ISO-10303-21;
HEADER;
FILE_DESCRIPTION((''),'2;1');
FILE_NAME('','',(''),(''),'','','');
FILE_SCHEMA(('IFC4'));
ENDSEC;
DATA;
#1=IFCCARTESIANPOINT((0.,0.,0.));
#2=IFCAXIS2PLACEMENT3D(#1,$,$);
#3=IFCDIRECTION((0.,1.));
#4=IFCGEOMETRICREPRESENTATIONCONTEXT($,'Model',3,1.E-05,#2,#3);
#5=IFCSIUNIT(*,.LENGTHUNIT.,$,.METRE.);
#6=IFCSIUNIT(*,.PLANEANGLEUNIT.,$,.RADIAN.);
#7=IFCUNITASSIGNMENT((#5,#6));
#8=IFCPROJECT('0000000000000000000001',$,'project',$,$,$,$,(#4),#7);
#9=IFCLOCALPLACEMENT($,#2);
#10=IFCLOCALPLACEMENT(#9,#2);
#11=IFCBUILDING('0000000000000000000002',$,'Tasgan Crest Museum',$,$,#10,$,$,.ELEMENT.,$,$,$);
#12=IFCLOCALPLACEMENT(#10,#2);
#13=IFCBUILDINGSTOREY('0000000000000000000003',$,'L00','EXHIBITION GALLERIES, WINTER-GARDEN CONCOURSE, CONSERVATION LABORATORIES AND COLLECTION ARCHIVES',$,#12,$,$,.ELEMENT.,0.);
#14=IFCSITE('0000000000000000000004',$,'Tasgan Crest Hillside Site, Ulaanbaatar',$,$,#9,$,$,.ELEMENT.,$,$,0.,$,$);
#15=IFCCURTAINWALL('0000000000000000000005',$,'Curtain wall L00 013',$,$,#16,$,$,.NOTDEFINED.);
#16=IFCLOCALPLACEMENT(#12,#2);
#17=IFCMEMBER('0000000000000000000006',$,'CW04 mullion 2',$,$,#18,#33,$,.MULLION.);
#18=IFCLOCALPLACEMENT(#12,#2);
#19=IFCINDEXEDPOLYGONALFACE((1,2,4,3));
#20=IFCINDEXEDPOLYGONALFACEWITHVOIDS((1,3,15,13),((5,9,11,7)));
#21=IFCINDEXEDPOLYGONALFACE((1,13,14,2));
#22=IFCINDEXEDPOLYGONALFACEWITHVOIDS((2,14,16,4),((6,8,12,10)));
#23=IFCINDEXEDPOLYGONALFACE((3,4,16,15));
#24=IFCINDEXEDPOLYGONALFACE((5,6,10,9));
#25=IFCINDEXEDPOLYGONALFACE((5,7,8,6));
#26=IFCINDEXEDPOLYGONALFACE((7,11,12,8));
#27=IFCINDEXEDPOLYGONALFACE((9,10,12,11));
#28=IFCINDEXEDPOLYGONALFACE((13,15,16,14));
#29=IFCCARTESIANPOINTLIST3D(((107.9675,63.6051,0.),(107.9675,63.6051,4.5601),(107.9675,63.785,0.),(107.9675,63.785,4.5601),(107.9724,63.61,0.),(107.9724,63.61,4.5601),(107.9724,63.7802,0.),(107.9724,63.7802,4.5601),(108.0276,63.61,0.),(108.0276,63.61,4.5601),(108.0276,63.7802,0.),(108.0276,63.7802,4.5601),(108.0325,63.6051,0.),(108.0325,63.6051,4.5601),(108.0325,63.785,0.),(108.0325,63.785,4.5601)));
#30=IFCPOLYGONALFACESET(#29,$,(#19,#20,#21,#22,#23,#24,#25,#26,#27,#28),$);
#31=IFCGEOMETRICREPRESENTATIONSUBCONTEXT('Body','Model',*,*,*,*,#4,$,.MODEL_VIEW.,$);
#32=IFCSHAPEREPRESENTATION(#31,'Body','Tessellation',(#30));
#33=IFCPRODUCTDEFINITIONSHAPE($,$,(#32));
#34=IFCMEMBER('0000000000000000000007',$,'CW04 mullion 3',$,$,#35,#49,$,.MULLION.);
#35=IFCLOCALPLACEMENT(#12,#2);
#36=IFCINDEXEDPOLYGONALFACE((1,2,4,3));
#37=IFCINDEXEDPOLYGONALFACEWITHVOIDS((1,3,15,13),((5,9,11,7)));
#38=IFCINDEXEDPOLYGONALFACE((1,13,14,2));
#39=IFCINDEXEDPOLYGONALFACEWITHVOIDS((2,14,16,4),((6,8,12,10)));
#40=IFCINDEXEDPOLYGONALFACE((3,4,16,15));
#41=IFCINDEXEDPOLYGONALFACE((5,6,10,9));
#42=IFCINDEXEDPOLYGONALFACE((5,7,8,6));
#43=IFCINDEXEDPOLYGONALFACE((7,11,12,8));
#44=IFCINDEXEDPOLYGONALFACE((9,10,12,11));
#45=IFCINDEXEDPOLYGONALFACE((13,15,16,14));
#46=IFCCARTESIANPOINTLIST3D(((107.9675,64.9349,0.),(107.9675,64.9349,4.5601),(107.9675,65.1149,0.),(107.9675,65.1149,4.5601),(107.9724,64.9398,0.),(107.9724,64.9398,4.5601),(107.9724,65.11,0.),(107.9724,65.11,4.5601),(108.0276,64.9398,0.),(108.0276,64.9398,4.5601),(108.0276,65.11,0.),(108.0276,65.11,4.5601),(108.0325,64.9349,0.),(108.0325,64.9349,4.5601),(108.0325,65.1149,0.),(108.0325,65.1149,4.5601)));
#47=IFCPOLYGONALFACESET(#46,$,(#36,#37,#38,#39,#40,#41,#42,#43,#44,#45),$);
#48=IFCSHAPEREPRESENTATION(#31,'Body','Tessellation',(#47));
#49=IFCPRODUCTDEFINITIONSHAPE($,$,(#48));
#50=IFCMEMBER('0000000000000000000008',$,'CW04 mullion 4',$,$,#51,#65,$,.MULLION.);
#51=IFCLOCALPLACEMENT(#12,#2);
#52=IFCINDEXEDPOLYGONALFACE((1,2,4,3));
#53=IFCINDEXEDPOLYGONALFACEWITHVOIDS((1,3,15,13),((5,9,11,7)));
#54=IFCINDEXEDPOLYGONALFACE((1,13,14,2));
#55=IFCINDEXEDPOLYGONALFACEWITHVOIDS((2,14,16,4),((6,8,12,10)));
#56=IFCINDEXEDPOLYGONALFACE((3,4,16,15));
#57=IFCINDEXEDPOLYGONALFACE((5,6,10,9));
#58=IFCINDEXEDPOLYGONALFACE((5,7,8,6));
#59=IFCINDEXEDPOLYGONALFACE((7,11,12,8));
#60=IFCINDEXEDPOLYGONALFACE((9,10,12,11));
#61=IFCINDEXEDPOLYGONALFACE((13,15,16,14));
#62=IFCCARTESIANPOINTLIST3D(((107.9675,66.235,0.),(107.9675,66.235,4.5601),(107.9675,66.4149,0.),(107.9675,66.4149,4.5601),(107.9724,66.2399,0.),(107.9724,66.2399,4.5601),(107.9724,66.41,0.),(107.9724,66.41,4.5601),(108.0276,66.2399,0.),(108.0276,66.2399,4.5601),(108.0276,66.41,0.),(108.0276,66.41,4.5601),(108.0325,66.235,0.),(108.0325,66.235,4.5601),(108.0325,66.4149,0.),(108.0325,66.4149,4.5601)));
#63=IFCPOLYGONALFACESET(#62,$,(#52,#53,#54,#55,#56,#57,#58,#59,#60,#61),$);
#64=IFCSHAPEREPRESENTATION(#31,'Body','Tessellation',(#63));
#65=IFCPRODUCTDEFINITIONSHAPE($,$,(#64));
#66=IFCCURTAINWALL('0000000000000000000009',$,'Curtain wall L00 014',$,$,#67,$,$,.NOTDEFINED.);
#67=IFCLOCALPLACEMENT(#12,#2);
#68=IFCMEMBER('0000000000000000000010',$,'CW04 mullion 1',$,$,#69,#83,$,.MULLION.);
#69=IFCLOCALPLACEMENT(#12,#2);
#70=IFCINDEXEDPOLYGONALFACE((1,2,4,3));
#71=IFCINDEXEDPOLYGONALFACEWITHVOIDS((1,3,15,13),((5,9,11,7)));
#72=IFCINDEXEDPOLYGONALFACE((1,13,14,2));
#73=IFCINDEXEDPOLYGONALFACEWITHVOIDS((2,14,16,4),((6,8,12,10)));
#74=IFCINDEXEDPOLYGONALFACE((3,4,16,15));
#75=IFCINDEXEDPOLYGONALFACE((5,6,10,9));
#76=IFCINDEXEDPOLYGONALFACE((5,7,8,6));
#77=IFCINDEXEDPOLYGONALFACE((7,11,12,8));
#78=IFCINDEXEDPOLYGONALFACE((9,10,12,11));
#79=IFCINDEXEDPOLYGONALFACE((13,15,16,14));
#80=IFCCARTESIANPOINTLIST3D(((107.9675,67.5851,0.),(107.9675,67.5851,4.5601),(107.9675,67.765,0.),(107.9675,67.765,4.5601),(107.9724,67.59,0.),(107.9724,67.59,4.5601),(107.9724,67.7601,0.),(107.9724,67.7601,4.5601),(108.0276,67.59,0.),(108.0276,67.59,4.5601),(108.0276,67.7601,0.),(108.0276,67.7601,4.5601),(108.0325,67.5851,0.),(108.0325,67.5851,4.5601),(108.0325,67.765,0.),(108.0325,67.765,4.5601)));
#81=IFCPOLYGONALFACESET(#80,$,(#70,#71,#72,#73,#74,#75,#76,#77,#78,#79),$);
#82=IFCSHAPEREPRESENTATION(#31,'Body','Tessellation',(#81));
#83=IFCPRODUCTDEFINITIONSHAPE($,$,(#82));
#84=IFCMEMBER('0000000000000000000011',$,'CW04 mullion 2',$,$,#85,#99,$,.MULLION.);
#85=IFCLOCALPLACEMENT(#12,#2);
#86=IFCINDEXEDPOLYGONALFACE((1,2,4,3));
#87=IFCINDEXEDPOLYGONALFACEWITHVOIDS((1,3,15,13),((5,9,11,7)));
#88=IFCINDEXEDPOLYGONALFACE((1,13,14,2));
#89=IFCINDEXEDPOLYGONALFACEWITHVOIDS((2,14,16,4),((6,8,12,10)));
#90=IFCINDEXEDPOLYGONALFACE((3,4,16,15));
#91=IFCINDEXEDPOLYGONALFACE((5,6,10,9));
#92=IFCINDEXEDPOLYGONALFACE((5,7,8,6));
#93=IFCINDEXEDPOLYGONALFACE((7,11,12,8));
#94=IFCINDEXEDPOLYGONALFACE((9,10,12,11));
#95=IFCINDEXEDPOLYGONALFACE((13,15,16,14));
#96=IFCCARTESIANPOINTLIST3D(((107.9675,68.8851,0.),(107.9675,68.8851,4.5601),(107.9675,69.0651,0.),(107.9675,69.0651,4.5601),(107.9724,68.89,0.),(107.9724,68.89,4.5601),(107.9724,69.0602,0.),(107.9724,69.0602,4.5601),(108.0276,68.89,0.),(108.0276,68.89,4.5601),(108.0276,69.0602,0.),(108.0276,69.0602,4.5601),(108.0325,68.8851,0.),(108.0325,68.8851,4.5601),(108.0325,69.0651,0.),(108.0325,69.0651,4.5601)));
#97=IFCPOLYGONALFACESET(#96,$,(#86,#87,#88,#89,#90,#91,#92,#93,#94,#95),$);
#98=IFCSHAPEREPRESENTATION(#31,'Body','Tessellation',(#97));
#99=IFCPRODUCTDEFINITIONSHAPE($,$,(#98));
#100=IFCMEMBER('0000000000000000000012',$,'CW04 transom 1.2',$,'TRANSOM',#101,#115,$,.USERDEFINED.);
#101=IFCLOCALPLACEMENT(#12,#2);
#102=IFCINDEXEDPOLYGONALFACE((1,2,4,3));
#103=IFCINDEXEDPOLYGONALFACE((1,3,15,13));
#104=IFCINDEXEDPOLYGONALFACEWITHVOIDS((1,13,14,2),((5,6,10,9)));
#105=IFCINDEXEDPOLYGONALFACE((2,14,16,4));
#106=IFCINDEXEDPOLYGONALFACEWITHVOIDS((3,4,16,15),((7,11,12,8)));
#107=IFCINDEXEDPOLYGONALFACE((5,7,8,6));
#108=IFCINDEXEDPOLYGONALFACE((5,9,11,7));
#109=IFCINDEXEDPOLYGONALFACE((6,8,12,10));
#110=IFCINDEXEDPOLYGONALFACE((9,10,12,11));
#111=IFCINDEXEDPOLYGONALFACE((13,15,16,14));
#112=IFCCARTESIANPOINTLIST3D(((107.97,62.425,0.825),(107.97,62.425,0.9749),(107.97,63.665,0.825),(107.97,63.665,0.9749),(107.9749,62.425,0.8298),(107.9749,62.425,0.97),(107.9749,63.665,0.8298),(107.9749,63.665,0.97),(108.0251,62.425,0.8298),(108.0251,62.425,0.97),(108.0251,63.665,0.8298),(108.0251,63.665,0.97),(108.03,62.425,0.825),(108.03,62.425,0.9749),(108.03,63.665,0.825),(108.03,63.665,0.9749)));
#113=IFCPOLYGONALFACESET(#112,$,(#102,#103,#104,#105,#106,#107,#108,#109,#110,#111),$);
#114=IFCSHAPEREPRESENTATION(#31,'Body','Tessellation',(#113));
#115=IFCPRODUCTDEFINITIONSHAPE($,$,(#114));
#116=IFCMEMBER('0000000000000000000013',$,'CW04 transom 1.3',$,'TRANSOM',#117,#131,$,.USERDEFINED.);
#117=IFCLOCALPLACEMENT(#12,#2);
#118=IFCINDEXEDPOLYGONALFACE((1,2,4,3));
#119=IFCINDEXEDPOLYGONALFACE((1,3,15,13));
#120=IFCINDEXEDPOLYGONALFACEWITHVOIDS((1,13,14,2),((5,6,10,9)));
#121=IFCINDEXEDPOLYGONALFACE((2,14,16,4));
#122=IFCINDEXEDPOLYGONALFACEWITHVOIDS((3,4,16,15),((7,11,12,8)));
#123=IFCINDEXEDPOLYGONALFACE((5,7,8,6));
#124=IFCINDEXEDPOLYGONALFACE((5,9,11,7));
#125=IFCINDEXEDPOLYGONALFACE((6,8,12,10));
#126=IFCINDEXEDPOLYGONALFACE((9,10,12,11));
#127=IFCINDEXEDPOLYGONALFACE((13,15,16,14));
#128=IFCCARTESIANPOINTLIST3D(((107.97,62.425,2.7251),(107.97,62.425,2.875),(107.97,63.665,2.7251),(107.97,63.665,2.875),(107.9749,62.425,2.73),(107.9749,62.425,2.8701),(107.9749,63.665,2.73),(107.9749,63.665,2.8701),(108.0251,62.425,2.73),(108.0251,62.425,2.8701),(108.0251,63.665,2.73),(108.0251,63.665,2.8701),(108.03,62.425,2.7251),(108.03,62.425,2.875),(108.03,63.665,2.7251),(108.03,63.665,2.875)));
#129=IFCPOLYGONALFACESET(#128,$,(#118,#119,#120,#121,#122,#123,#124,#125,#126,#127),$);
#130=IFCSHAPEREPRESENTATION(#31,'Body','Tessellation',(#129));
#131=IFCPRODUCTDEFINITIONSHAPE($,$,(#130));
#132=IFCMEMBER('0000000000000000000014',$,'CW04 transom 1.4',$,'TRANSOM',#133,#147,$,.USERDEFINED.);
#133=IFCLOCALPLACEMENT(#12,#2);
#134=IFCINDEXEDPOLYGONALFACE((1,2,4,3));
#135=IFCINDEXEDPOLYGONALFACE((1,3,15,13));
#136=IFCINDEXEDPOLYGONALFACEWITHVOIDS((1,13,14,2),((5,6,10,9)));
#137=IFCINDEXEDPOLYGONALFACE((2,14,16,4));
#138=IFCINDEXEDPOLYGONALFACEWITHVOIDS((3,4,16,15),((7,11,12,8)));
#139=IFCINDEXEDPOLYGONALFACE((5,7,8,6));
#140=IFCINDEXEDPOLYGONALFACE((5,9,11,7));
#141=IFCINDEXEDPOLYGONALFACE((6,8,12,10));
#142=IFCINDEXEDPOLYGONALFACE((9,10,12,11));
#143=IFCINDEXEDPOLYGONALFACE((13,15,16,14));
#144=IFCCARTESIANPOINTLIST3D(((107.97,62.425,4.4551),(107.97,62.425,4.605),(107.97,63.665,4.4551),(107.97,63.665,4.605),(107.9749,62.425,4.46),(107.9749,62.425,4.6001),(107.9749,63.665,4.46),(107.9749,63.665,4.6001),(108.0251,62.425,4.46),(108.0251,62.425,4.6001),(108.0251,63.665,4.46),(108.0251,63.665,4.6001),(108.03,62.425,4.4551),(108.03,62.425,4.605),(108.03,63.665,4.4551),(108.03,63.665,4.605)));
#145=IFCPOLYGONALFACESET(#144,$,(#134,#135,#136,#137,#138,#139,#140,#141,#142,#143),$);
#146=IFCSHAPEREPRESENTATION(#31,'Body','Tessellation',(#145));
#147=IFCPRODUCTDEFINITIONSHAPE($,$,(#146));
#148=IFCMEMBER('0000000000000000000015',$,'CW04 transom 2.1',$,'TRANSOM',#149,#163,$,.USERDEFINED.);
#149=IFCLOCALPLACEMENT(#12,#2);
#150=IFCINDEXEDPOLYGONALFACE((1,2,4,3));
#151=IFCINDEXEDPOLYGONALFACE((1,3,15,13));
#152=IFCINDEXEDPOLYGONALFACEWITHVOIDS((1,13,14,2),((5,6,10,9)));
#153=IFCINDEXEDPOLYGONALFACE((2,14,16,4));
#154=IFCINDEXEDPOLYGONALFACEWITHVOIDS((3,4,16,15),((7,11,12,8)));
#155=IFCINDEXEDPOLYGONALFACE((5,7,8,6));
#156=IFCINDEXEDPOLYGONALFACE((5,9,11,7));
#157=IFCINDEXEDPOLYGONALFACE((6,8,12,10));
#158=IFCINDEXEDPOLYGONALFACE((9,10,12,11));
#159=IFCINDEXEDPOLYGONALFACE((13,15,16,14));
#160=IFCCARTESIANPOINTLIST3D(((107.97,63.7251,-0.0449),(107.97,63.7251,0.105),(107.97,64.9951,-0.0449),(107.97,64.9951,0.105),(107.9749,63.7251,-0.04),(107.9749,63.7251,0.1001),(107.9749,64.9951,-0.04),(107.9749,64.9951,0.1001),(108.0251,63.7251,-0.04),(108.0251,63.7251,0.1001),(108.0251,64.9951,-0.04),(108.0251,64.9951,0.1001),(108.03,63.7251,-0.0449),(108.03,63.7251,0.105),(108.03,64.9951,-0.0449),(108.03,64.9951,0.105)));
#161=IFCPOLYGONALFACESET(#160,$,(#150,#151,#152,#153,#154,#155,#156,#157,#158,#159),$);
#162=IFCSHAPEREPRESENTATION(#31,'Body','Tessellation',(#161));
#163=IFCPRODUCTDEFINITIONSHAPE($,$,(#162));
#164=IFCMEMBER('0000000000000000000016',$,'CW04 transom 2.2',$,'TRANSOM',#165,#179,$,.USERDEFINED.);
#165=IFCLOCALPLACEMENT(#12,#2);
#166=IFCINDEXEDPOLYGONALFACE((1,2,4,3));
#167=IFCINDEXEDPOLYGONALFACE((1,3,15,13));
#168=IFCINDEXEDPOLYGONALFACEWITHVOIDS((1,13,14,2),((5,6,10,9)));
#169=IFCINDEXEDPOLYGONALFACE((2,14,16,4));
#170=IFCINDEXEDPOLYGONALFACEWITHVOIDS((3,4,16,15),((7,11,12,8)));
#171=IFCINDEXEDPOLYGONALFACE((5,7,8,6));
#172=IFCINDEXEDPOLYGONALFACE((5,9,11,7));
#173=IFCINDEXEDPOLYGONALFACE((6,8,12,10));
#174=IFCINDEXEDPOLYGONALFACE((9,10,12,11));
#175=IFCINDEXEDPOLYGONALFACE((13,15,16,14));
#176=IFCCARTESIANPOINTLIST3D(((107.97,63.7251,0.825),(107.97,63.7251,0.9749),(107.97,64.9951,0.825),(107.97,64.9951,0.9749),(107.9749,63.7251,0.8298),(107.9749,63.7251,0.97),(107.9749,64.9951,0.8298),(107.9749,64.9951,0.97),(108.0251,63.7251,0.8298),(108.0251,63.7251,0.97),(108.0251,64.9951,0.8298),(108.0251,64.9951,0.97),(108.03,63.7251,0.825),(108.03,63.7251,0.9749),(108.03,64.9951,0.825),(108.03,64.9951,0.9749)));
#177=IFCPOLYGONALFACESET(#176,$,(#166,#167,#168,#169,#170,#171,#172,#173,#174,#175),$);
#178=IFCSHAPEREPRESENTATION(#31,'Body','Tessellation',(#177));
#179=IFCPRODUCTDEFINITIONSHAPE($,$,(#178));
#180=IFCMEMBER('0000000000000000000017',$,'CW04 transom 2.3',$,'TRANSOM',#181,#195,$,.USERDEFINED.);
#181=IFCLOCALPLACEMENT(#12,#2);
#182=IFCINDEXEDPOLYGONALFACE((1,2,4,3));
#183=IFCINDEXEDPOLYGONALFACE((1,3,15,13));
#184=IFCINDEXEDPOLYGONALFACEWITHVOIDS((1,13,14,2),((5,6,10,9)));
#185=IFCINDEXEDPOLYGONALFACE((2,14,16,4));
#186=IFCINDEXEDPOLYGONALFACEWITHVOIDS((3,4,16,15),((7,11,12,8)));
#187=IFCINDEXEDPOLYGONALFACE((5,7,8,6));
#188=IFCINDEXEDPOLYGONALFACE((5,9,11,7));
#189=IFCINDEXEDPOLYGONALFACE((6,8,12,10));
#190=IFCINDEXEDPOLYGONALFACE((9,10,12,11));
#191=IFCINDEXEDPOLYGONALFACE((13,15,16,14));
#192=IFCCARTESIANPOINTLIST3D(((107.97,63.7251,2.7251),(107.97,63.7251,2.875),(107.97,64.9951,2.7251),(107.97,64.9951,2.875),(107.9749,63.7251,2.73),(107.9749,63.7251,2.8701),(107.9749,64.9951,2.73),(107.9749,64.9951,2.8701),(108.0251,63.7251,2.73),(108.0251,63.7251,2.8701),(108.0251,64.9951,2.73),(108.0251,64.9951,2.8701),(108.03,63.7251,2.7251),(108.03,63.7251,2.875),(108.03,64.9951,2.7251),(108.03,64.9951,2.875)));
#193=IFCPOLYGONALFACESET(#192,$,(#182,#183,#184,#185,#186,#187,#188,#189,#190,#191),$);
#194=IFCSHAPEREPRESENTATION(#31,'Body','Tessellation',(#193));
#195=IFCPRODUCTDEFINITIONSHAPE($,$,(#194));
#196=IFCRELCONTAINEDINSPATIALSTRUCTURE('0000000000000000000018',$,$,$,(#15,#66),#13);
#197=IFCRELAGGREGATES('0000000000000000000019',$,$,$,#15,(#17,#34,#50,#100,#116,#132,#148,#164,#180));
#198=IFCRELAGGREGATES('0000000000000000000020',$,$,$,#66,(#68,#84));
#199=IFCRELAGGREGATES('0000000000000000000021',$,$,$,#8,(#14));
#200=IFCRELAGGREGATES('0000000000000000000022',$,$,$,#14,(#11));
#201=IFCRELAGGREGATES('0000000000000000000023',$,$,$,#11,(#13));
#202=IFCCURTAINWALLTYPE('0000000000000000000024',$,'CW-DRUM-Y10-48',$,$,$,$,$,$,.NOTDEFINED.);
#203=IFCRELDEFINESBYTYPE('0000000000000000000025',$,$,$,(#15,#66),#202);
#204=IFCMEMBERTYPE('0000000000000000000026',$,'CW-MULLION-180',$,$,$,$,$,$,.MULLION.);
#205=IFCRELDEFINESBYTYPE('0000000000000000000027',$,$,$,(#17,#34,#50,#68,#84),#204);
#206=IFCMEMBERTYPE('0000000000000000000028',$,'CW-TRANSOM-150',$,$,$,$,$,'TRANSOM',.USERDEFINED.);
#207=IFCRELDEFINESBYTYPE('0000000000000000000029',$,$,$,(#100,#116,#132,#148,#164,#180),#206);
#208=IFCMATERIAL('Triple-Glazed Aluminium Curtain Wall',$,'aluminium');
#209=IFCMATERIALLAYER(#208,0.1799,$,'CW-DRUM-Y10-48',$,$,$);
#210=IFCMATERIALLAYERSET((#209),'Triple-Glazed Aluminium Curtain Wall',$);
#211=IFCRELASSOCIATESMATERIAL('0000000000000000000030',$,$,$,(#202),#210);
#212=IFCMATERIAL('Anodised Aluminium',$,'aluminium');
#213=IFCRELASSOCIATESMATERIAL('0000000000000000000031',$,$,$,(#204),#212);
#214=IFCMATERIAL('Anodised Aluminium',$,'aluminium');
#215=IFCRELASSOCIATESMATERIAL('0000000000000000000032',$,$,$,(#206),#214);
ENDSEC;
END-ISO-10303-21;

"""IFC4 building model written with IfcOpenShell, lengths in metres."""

from ifc_helpers import new_model, si_unit, direction, frame, origin, origin_2d, place, context, subcontext, project, spatial, hollow_rectangle, extrude, material, layer, layer_set, material_profile, profile_set, type_object, element, aggregate, save


model = new_model("IFC4")

# Units and contexts
model_context = context("Model", 3, precision=1e-05, world=origin(), true_north=direction((0.0, 1.0)))
body_context = subcontext(model_context, "Body", "Model", "MODEL_VIEW")
ifc_project = project(units=[si_unit("LENGTHUNIT", "METRE"), si_unit("PLANEANGLEUNIT", "RADIAN")], contexts=[model_context])

# Site, building, storey
site_placement = place(None, origin())
site = spatial("IfcSite", under=ifc_project, at=site_placement, Name="Tasgan Crest Hillside Site, Ulaanbaatar", CompositionType="ELEMENT", RefElevation=0.0)
building_placement = place(site_placement, origin())
building = spatial("IfcBuilding", under=site, at=building_placement, Name="Tasgan Crest Museum", CompositionType="ELEMENT")
storey_placement = place(building_placement, origin())
storey = spatial("IfcBuildingStorey", under=building, at=storey_placement, Name="L00", Description="EXHIBITION GALLERIES, WINTER-GARDEN CONCOURSE, CONSERVATION LABORATORIES AND COLLECTION ARCHIVES", CompositionType="ELEMENT", Elevation=0.0)

# Curtain walls, members
ifc_material_1 = material(Name="Triple-Glazed Aluminium Curtain Wall", Category="aluminium")
ifc_layer_1 = layer(ifc_material_1, 0.1799, Name="CW-DRUM-Y10-48")
ifc_layer_set_1 = layer_set([ifc_layer_1], Name="Triple-Glazed Aluminium Curtain Wall")
curtain_wall_type = type_object("IfcCurtainWallType", Name="CW-DRUM-Y10-48", PredefinedType="NOTDEFINED", material=ifc_layer_set_1)
curtain_wall_1_placement = place(storey_placement, origin())
curtain_wall_1 = element("IfcCurtainWall", 1, at=curtain_wall_1_placement, inside=storey, type_object=curtain_wall_type, Name="Curtain wall L00 013", PredefinedType="NOTDEFINED")
ifc_material_2 = material(Name="Anodised Aluminium", Category="aluminium")
ifc_material_profile_1 = material_profile(ifc_material_2, hollow_rectangle(XDim=0.0649, YDim=0.1799, WallThickness=0.0049, at=origin_2d()), Name="ALU MULLION 180x65x5")
ifc_profile_set_1 = profile_set([ifc_material_profile_1], Name="Anodised Aluminium")
member_type_1 = type_object("IfcMemberType", Name="CW-MULLION-180", PredefinedType="MULLION", material=ifc_profile_set_1)
member_1_placement = place(storey_placement, frame((108.0, 63.6951, 0.0), z_axis=(0.0, 0.0, 1.0), x_axis=(-1.0, 0.0, 0.0)))
member_1 = element("IfcMember", 2, at=member_1_placement, type_object=member_type_1, Name="CW04 mullion 2", PredefinedType="MULLION", context=body_context, shape_type="SweptSolid", body=[
    extrude(hollow_rectangle(XDim=0.0649, YDim=0.1799, WallThickness=0.0049, at=origin_2d()), origin(), (0.0, 0.0, 1.0), 4.5601),
])
member_2_placement = place(storey_placement, frame((108.0, 65.0249, 0.0), z_axis=(0.0, 0.0, 1.0), x_axis=(-1.0, 0.0, 0.0)))
member_2 = element("IfcMember", 3, at=member_2_placement, type_object=member_type_1, Name="CW04 mullion 3", PredefinedType="MULLION", context=body_context, shape_type="SweptSolid", body=[
    extrude(hollow_rectangle(XDim=0.0649, YDim=0.1799, WallThickness=0.0049, at=origin_2d()), origin(), (0.0, 0.0, 1.0), 4.5601),
])
member_3_placement = place(storey_placement, frame((108.0, 66.325, 0.0), z_axis=(0.0, 0.0, 1.0), x_axis=(-1.0, 0.0, 0.0)))
member_3 = element("IfcMember", 4, at=member_3_placement, type_object=member_type_1, Name="CW04 mullion 4", PredefinedType="MULLION", context=body_context, shape_type="SweptSolid", body=[
    extrude(hollow_rectangle(XDim=0.0649, YDim=0.1799, WallThickness=0.0049, at=origin_2d()), origin(), (0.0, 0.0, 1.0), 4.5601),
])
curtain_wall_2_placement = place(storey_placement, origin())
curtain_wall_2 = element("IfcCurtainWall", 5, at=curtain_wall_2_placement, inside=storey, type_object=curtain_wall_type, Name="Curtain wall L00 014", PredefinedType="NOTDEFINED")
member_4_placement = place(storey_placement, frame((108.0, 67.675, 0.0), z_axis=(0.0, 0.0, 1.0), x_axis=(-1.0, 0.0, 0.0)))
member_4 = element("IfcMember", 6, at=member_4_placement, type_object=member_type_1, Name="CW04 mullion 1", PredefinedType="MULLION", context=body_context, shape_type="SweptSolid", body=[
    extrude(hollow_rectangle(XDim=0.0649, YDim=0.1799, WallThickness=0.0049, at=origin_2d()), origin(), (0.0, 0.0, 1.0), 4.5601),
])
member_5_placement = place(storey_placement, frame((108.0, 68.9751, 0.0), z_axis=(0.0, 0.0, 1.0), x_axis=(-1.0, 0.0, 0.0)))
member_5 = element("IfcMember", 7, at=member_5_placement, type_object=member_type_1, Name="CW04 mullion 2", PredefinedType="MULLION", context=body_context, shape_type="SweptSolid", body=[
    extrude(hollow_rectangle(XDim=0.0649, YDim=0.1799, WallThickness=0.0049, at=origin_2d()), origin(), (0.0, 0.0, 1.0), 4.5601),
])

# Members
ifc_material_3 = material(Name="Anodised Aluminium", Category="aluminium")
ifc_material_profile_2 = material_profile(ifc_material_3, hollow_rectangle(XDim=0.0601, YDim=0.1499, WallThickness=0.0049, at=origin_2d()), Name="ALU TRANSOM 150x60x5")
ifc_profile_set_2 = profile_set([ifc_material_profile_2], Name="Anodised Aluminium")
member_type_2 = type_object("IfcMemberType", Name="CW-TRANSOM-150", ElementType="TRANSOM", PredefinedType="USERDEFINED", material=ifc_profile_set_2)
member_6_placement = place(storey_placement, frame((108.0, 62.425, 0.8999), z_axis=(0.0, 1.0, 0.0), x_axis=(-1.0, 0.0, 0.0)))
member_6 = element("IfcMember", 8, at=member_6_placement, type_object=member_type_2, Name="CW04 transom 1.2", ObjectType="TRANSOM", PredefinedType="USERDEFINED", context=body_context, shape_type="SweptSolid", body=[
    extrude(hollow_rectangle(XDim=0.0601, YDim=0.1499, WallThickness=0.0049, at=origin_2d()), origin(), (0.0, 0.0, 1.0), 1.24),
])
member_7_placement = place(storey_placement, frame((108.0, 62.425, 2.8), z_axis=(0.0, 1.0, 0.0), x_axis=(-1.0, 0.0, 0.0)))
member_7 = element("IfcMember", 9, at=member_7_placement, type_object=member_type_2, Name="CW04 transom 1.3", ObjectType="TRANSOM", PredefinedType="USERDEFINED", context=body_context, shape_type="SweptSolid", body=[
    extrude(hollow_rectangle(XDim=0.0601, YDim=0.1499, WallThickness=0.0049, at=origin_2d()), origin(), (0.0, 0.0, 1.0), 1.24),
])
member_8_placement = place(storey_placement, frame((108.0, 62.425, 4.53), z_axis=(0.0, 1.0, 0.0), x_axis=(-1.0, 0.0, 0.0)))
member_8 = element("IfcMember", 10, at=member_8_placement, type_object=member_type_2, Name="CW04 transom 1.4", ObjectType="TRANSOM", PredefinedType="USERDEFINED", context=body_context, shape_type="SweptSolid", body=[
    extrude(hollow_rectangle(XDim=0.0601, YDim=0.1499, WallThickness=0.0049, at=origin_2d()), origin(), (0.0, 0.0, 1.0), 1.24),
])
member_9_placement = place(storey_placement, frame((108.0, 63.7251, 0.03), z_axis=(0.0, 1.0, 0.0), x_axis=(-1.0, 0.0, 0.0)))
member_9 = element("IfcMember", 11, at=member_9_placement, type_object=member_type_2, Name="CW04 transom 2.1", ObjectType="TRANSOM", PredefinedType="USERDEFINED", context=body_context, shape_type="SweptSolid", body=[
    extrude(hollow_rectangle(XDim=0.0601, YDim=0.1499, WallThickness=0.0049, at=origin_2d()), origin(), (0.0, 0.0, 1.0), 1.27),
])
member_10_placement = place(storey_placement, frame((108.0, 63.7251, 0.8999), z_axis=(0.0, 1.0, 0.0), x_axis=(-1.0, 0.0, 0.0)))
member_10 = element("IfcMember", 12, at=member_10_placement, type_object=member_type_2, Name="CW04 transom 2.2", ObjectType="TRANSOM", PredefinedType="USERDEFINED", context=body_context, shape_type="SweptSolid", body=[
    extrude(hollow_rectangle(XDim=0.0601, YDim=0.1499, WallThickness=0.0049, at=origin_2d()), origin(), (0.0, 0.0, 1.0), 1.27),
])
member_11_placement = place(storey_placement, frame((108.0, 63.7251, 2.8), z_axis=(0.0, 1.0, 0.0), x_axis=(-1.0, 0.0, 0.0)))
member_11 = element("IfcMember", 13, at=member_11_placement, type_object=member_type_2, Name="CW04 transom 2.3", ObjectType="TRANSOM", PredefinedType="USERDEFINED", context=body_context, shape_type="SweptSolid", body=[
    extrude(hollow_rectangle(XDim=0.0601, YDim=0.1499, WallThickness=0.0049, at=origin_2d()), origin(), (0.0, 0.0, 1.0), 1.27),
])

aggregate(curtain_wall_1, [member_1, member_2, member_3, member_6, member_7, member_8, member_9, member_10, member_11])
aggregate(curtain_wall_2, [member_4, member_5])

save(model, "model.ifc")
